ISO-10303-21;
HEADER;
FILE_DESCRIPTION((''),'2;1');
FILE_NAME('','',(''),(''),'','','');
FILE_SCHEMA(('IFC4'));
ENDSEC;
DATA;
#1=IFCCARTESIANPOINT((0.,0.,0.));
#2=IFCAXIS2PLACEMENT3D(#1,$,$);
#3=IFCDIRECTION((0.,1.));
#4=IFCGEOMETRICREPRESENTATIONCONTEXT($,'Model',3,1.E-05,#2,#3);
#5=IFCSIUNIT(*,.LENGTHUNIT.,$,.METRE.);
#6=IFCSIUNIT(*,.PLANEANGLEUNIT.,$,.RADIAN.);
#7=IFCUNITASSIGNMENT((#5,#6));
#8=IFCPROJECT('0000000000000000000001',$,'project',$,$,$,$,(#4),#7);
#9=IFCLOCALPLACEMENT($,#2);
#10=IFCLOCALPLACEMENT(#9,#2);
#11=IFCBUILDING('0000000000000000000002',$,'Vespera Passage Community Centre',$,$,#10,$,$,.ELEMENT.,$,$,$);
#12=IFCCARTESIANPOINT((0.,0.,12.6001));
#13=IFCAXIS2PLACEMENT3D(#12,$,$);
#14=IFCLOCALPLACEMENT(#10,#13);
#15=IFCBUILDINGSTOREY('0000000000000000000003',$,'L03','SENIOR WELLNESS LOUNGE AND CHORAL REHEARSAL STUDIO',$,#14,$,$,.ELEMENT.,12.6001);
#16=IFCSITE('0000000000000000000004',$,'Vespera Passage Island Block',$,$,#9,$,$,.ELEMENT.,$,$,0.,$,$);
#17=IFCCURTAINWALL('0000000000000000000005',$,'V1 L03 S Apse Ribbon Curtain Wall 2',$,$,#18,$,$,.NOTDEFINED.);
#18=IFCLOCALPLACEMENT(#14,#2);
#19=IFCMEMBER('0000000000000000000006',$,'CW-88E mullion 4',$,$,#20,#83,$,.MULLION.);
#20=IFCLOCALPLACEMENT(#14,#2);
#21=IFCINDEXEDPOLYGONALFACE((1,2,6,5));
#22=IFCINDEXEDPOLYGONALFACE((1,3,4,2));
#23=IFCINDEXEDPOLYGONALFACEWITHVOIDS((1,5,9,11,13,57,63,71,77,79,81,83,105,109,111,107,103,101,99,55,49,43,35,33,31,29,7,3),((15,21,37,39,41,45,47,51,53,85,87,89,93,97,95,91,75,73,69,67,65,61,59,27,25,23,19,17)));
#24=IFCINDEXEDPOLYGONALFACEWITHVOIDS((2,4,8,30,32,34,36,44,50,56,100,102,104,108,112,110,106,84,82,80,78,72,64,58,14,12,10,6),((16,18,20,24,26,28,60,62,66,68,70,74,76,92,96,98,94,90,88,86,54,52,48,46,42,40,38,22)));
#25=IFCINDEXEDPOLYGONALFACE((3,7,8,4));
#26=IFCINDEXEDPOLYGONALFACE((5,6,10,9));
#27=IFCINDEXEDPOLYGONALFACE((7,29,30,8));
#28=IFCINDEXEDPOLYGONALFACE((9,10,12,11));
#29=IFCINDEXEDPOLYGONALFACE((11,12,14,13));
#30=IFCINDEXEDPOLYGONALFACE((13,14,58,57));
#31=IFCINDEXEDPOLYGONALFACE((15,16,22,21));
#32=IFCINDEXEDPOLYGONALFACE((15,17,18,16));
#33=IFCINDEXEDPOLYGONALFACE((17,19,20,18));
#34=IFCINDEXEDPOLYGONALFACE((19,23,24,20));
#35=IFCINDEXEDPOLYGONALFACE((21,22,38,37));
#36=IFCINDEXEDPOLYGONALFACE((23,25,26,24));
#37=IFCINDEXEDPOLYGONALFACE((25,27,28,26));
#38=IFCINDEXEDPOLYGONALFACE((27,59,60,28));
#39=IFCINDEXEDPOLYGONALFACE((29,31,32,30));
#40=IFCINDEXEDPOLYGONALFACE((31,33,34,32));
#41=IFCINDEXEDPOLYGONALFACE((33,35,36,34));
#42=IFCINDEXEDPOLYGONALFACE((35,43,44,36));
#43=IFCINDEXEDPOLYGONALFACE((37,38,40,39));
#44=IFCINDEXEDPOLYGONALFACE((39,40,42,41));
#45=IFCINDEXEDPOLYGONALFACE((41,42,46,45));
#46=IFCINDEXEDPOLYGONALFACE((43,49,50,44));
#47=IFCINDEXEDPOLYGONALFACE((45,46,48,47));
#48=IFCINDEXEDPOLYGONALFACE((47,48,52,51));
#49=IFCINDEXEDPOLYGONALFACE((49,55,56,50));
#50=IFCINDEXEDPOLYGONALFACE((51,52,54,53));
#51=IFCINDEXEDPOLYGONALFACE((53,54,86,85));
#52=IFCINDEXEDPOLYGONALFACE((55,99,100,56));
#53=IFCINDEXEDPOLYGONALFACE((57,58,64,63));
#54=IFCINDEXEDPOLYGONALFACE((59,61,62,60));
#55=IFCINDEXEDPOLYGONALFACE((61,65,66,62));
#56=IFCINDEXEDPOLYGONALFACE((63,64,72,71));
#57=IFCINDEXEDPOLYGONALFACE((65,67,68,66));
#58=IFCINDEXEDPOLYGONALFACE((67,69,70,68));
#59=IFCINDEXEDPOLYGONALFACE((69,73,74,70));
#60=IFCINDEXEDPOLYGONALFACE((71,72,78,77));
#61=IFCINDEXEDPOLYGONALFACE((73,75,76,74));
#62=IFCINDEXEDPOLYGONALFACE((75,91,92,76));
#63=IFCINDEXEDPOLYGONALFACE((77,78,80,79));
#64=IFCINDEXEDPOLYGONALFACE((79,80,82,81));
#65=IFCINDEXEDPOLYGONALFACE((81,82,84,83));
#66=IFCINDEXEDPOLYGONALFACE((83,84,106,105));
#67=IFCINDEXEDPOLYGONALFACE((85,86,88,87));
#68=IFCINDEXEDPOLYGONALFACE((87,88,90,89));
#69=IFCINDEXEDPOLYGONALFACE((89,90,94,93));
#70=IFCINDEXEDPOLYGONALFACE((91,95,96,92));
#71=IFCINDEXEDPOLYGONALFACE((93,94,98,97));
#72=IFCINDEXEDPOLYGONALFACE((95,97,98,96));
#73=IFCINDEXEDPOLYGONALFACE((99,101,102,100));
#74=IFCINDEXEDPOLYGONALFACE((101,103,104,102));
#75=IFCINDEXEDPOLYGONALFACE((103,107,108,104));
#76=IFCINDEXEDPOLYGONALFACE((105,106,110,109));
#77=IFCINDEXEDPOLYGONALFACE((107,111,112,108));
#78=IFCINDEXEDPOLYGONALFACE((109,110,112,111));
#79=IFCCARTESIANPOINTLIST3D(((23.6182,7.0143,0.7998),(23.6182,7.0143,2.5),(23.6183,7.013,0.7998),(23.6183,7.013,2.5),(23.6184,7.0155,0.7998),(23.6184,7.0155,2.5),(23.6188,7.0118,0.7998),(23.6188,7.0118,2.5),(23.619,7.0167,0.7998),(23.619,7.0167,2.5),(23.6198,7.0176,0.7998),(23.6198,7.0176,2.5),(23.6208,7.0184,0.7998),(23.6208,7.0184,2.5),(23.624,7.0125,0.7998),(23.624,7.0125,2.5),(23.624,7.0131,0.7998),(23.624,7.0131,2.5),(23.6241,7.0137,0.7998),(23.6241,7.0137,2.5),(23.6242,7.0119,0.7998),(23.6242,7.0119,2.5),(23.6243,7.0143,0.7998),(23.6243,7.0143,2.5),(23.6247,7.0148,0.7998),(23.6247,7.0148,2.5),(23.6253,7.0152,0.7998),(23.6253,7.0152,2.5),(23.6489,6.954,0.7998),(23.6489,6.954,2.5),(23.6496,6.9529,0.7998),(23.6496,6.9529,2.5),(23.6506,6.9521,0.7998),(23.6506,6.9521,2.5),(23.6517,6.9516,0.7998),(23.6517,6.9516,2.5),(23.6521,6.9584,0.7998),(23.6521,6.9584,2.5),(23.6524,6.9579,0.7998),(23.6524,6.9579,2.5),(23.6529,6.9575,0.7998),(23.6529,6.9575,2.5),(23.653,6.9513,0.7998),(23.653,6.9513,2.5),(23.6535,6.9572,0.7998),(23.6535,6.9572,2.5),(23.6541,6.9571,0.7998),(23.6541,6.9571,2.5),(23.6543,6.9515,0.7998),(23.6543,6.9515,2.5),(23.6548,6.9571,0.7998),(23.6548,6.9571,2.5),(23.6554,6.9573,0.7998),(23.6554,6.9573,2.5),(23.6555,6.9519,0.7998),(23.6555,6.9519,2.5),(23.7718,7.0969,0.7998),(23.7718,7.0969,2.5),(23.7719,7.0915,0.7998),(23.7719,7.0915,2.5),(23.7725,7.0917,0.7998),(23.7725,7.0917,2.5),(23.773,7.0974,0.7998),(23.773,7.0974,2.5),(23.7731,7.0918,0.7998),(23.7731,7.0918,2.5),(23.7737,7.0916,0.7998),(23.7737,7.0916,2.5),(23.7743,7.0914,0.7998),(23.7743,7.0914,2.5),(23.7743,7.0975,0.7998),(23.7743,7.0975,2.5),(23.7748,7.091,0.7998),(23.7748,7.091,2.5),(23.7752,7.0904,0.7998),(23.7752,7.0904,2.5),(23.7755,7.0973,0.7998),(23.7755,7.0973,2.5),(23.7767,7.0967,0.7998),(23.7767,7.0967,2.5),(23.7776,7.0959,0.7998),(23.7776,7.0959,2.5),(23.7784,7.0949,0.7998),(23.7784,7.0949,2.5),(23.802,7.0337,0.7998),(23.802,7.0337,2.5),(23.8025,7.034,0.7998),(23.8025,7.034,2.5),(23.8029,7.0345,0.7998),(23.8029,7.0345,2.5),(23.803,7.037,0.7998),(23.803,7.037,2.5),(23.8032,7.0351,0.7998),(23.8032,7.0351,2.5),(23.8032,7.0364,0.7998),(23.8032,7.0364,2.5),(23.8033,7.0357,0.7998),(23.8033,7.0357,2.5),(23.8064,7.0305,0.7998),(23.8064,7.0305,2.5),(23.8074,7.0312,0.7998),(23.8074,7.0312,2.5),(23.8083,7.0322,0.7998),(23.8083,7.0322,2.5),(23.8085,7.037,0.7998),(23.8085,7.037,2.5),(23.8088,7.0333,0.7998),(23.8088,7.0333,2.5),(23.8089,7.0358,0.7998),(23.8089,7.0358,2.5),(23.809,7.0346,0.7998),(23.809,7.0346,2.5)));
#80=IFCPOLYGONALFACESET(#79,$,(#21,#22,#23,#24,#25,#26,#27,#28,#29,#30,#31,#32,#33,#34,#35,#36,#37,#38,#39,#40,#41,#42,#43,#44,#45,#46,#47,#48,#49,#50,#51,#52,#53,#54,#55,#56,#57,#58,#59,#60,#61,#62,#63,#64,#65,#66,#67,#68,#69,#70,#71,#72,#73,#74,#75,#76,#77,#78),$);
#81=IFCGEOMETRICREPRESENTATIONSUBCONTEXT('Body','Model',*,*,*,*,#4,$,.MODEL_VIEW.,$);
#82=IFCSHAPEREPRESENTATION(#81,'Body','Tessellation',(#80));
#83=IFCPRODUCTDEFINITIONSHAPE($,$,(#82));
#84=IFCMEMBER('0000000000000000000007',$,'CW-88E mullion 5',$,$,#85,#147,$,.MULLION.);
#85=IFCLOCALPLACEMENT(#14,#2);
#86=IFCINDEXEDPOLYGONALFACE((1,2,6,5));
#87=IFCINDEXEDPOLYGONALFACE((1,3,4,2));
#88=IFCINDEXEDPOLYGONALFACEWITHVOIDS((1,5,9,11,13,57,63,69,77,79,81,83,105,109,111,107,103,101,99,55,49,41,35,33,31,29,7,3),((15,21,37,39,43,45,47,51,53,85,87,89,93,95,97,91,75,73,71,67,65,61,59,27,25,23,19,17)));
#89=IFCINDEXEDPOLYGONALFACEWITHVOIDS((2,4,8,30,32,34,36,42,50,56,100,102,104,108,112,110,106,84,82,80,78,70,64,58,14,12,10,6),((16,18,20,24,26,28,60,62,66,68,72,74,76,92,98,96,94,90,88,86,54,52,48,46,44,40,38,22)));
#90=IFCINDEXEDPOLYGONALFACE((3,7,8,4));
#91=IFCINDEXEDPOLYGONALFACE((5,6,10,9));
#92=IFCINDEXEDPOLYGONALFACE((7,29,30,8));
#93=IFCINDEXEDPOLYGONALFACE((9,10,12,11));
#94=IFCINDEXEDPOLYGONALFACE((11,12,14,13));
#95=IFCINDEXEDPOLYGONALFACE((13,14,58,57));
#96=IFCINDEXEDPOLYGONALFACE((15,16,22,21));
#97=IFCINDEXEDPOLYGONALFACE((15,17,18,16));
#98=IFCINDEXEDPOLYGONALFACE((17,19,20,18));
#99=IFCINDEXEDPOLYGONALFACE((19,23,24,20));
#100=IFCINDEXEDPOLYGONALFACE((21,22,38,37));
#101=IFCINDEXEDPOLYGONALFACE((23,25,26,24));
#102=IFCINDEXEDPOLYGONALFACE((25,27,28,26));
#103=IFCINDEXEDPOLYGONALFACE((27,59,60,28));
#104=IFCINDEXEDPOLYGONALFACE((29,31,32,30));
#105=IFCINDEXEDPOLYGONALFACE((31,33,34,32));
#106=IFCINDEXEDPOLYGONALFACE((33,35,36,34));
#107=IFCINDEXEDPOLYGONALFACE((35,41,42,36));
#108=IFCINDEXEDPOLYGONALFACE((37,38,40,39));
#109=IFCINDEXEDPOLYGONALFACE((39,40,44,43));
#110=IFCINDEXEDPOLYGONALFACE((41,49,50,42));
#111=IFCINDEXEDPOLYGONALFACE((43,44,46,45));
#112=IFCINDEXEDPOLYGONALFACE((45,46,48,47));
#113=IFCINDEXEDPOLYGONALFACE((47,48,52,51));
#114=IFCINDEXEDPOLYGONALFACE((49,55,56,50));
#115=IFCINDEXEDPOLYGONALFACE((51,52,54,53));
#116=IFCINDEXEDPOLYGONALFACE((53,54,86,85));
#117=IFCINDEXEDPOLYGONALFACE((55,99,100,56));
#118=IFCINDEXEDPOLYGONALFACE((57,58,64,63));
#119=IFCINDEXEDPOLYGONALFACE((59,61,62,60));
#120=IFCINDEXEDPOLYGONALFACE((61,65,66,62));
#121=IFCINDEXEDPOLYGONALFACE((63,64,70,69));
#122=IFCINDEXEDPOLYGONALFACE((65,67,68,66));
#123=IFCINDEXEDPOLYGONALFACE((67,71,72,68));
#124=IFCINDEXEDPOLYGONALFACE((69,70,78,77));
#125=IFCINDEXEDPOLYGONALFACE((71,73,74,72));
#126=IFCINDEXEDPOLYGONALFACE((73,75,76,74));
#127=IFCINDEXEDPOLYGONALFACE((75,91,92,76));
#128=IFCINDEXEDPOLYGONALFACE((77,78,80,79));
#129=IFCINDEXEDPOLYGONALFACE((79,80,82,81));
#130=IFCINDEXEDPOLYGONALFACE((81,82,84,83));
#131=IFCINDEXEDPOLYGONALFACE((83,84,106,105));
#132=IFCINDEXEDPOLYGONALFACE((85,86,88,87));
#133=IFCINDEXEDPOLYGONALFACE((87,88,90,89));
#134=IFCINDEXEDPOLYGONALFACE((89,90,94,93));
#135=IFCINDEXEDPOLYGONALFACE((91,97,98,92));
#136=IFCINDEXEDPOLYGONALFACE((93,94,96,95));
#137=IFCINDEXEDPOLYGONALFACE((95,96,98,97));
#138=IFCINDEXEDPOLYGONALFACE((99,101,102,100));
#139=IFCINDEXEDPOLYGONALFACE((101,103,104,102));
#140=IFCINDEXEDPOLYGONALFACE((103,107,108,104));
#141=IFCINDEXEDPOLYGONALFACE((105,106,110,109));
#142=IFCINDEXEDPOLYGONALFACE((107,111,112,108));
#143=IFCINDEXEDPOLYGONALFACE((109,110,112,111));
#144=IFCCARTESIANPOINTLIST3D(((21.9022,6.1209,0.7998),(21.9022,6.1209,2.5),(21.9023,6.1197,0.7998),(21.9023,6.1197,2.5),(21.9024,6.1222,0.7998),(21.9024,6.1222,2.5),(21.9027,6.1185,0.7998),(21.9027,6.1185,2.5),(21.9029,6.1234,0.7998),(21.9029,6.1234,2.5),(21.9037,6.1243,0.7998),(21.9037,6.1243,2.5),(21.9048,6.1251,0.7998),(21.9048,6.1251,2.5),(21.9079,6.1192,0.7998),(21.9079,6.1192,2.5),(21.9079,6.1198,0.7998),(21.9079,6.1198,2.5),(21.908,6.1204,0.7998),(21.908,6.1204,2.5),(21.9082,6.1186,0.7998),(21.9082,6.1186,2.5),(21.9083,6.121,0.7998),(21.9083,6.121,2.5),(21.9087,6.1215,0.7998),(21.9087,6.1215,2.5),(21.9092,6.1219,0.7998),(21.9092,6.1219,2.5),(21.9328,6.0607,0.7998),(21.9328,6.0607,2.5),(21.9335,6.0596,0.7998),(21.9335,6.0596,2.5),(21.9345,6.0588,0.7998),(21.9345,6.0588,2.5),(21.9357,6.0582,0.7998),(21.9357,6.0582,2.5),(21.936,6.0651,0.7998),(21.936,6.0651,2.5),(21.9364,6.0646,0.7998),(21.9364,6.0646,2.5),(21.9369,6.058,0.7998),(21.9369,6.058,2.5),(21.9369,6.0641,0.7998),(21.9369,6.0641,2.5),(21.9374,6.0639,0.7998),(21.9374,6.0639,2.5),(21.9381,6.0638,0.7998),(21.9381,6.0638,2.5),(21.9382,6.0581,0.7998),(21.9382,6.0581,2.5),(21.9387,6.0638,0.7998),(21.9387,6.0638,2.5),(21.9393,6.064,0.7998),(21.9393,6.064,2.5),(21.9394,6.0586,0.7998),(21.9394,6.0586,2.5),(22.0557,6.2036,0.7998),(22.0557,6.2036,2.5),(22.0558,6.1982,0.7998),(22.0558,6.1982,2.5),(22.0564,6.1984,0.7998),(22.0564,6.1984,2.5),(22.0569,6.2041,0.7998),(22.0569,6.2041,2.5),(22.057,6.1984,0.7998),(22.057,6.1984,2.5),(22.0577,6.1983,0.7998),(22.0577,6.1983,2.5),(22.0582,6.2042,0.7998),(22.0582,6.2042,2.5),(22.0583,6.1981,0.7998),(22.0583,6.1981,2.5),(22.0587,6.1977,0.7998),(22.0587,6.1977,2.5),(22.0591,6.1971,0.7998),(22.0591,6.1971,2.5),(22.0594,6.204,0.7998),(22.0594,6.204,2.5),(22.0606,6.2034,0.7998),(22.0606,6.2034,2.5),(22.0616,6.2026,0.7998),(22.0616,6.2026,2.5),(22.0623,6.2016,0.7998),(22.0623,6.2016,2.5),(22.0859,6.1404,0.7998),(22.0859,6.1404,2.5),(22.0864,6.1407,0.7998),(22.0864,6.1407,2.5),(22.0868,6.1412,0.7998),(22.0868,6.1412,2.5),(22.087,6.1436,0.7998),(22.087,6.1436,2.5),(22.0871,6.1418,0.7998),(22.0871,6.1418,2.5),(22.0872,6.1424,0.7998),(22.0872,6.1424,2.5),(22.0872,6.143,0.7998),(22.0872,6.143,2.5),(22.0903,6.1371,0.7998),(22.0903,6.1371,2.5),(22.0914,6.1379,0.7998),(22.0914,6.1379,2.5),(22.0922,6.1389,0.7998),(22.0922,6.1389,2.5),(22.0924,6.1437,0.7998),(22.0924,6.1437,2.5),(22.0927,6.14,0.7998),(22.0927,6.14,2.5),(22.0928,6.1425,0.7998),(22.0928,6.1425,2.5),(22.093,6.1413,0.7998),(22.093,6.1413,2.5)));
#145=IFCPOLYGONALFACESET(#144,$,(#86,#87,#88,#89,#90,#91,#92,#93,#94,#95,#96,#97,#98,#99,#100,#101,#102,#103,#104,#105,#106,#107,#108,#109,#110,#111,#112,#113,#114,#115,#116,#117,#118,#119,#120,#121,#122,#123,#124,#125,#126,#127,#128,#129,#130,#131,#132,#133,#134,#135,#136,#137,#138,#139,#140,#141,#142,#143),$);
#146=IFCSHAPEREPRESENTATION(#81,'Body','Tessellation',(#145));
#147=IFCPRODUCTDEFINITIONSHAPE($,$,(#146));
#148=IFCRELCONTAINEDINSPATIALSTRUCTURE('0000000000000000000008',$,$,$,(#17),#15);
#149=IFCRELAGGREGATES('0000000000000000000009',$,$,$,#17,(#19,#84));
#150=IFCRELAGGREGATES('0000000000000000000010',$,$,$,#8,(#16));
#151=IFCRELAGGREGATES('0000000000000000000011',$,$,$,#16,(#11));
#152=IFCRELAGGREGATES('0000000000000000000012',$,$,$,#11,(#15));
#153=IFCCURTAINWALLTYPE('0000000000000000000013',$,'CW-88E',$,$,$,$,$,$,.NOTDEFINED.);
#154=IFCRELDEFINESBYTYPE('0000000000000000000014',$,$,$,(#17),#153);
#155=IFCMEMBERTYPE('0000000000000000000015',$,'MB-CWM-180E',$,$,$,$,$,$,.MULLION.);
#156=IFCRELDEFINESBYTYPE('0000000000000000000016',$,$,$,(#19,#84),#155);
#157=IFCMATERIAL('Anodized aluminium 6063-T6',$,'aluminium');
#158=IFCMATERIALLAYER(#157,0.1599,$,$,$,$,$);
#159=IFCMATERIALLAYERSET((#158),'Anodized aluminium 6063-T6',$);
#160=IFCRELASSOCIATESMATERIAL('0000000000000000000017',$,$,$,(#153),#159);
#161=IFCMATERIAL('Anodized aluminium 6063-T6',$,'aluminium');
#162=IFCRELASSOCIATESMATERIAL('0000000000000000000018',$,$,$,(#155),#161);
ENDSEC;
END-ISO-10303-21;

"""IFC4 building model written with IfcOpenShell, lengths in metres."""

from ifc_helpers import new_model, si_unit, direction, frame, origin, origin_2d, place, context, subcontext, project, spatial, hollow_rectangle, extrude, material, layer, layer_set, material_profile, profile_set, type_object, element, aggregate, save


model = new_model("IFC4")

# Units and contexts
model_context = context("Model", 3, precision=1e-05, world=origin(), true_north=direction((0.0, 1.0)))
body_context = subcontext(model_context, "Body", "Model", "MODEL_VIEW")
ifc_project = project(units=[si_unit("LENGTHUNIT", "METRE"), si_unit("PLANEANGLEUNIT", "RADIAN")], contexts=[model_context])

# Site, building, storey
site_placement = place(None, origin())
site = spatial("IfcSite", under=ifc_project, at=site_placement, Name="Vespera Passage Island Block", CompositionType="ELEMENT", RefElevation=0.0)
building_placement = place(site_placement, origin())
building = spatial("IfcBuilding", under=site, at=building_placement, Name="Vespera Passage Community Centre", CompositionType="ELEMENT")
storey_placement = place(building_placement, frame((0.0, 0.0, 12.6001)))
storey = spatial("IfcBuildingStorey", under=building, at=storey_placement, Name="L03", Description="SENIOR WELLNESS LOUNGE AND CHORAL REHEARSAL STUDIO", CompositionType="ELEMENT", Elevation=12.6001)

# Curtain wall, members
ifc_material_1 = material(Name="Anodized aluminium 6063-T6", Category="aluminium")
ifc_layer_1 = layer(ifc_material_1, 0.1599)
ifc_layer_set_1 = layer_set([ifc_layer_1], Name="Anodized aluminium 6063-T6")
curtain_wall_type = type_object("IfcCurtainWallType", Name="CW-88E", PredefinedType="NOTDEFINED", material=ifc_layer_set_1)
curtain_wall_placement = place(storey_placement, origin())
curtain_wall = element("IfcCurtainWall", 1, at=curtain_wall_placement, inside=storey, type_object=curtain_wall_type, Name="V1 L03 S Apse Ribbon Curtain Wall 2", PredefinedType="NOTDEFINED")
ifc_material_2 = material(Name="Anodized aluminium 6063-T6", Category="aluminium")
ifc_material_profile_1 = material_profile(ifc_material_2, hollow_rectangle(XDim=0.075, YDim=0.1799, WallThickness=0.0049, InnerFilletRadius=0.0024, OuterFilletRadius=0.0049, at=origin_2d()), Name="ALU180X75X5")
ifc_profile_set_1 = profile_set([ifc_material_profile_1], Name="Anodized aluminium 6063-T6")
member_type_1 = type_object("IfcMemberType", Name="MB-CWM-180E", PredefinedType="MULLION", material=ifc_profile_set_1)
member_1_placement = place(storey_placement, frame((23.7136, 7.0244, 0.7998), z_axis=(0.0, 0.0, 1.0), x_axis=(0.461745, -0.887013, 0.0)))
member_1 = element("IfcMember", 2, at=member_1_placement, type_object=member_type_1, Name="CW-88E mullion 4", PredefinedType="MULLION", context=body_context, shape_type="SweptSolid", body=[
    extrude(hollow_rectangle(XDim=0.075, YDim=0.1799, WallThickness=0.0049, InnerFilletRadius=0.0024, OuterFilletRadius=0.0049, at=origin_2d()), origin(), (0.0, 0.0, 1.0), 1.7002),
])
member_2_placement = place(storey_placement, frame((21.9976, 6.1311, 0.7998), z_axis=(0.0, 0.0, 1.0), x_axis=(0.461745, -0.887013, 0.0)))
member_2 = element("IfcMember", 3, at=member_2_placement, type_object=member_type_1, Name="CW-88E mullion 5", PredefinedType="MULLION", context=body_context, shape_type="SweptSolid", body=[
    extrude(hollow_rectangle(XDim=0.075, YDim=0.1799, WallThickness=0.0049, InnerFilletRadius=0.0024, OuterFilletRadius=0.0049, at=origin_2d()), origin(), (0.0, 0.0, 1.0), 1.7002),
])
aggregate(curtain_wall, [member_1, member_2])

save(model, "model.ifc")
